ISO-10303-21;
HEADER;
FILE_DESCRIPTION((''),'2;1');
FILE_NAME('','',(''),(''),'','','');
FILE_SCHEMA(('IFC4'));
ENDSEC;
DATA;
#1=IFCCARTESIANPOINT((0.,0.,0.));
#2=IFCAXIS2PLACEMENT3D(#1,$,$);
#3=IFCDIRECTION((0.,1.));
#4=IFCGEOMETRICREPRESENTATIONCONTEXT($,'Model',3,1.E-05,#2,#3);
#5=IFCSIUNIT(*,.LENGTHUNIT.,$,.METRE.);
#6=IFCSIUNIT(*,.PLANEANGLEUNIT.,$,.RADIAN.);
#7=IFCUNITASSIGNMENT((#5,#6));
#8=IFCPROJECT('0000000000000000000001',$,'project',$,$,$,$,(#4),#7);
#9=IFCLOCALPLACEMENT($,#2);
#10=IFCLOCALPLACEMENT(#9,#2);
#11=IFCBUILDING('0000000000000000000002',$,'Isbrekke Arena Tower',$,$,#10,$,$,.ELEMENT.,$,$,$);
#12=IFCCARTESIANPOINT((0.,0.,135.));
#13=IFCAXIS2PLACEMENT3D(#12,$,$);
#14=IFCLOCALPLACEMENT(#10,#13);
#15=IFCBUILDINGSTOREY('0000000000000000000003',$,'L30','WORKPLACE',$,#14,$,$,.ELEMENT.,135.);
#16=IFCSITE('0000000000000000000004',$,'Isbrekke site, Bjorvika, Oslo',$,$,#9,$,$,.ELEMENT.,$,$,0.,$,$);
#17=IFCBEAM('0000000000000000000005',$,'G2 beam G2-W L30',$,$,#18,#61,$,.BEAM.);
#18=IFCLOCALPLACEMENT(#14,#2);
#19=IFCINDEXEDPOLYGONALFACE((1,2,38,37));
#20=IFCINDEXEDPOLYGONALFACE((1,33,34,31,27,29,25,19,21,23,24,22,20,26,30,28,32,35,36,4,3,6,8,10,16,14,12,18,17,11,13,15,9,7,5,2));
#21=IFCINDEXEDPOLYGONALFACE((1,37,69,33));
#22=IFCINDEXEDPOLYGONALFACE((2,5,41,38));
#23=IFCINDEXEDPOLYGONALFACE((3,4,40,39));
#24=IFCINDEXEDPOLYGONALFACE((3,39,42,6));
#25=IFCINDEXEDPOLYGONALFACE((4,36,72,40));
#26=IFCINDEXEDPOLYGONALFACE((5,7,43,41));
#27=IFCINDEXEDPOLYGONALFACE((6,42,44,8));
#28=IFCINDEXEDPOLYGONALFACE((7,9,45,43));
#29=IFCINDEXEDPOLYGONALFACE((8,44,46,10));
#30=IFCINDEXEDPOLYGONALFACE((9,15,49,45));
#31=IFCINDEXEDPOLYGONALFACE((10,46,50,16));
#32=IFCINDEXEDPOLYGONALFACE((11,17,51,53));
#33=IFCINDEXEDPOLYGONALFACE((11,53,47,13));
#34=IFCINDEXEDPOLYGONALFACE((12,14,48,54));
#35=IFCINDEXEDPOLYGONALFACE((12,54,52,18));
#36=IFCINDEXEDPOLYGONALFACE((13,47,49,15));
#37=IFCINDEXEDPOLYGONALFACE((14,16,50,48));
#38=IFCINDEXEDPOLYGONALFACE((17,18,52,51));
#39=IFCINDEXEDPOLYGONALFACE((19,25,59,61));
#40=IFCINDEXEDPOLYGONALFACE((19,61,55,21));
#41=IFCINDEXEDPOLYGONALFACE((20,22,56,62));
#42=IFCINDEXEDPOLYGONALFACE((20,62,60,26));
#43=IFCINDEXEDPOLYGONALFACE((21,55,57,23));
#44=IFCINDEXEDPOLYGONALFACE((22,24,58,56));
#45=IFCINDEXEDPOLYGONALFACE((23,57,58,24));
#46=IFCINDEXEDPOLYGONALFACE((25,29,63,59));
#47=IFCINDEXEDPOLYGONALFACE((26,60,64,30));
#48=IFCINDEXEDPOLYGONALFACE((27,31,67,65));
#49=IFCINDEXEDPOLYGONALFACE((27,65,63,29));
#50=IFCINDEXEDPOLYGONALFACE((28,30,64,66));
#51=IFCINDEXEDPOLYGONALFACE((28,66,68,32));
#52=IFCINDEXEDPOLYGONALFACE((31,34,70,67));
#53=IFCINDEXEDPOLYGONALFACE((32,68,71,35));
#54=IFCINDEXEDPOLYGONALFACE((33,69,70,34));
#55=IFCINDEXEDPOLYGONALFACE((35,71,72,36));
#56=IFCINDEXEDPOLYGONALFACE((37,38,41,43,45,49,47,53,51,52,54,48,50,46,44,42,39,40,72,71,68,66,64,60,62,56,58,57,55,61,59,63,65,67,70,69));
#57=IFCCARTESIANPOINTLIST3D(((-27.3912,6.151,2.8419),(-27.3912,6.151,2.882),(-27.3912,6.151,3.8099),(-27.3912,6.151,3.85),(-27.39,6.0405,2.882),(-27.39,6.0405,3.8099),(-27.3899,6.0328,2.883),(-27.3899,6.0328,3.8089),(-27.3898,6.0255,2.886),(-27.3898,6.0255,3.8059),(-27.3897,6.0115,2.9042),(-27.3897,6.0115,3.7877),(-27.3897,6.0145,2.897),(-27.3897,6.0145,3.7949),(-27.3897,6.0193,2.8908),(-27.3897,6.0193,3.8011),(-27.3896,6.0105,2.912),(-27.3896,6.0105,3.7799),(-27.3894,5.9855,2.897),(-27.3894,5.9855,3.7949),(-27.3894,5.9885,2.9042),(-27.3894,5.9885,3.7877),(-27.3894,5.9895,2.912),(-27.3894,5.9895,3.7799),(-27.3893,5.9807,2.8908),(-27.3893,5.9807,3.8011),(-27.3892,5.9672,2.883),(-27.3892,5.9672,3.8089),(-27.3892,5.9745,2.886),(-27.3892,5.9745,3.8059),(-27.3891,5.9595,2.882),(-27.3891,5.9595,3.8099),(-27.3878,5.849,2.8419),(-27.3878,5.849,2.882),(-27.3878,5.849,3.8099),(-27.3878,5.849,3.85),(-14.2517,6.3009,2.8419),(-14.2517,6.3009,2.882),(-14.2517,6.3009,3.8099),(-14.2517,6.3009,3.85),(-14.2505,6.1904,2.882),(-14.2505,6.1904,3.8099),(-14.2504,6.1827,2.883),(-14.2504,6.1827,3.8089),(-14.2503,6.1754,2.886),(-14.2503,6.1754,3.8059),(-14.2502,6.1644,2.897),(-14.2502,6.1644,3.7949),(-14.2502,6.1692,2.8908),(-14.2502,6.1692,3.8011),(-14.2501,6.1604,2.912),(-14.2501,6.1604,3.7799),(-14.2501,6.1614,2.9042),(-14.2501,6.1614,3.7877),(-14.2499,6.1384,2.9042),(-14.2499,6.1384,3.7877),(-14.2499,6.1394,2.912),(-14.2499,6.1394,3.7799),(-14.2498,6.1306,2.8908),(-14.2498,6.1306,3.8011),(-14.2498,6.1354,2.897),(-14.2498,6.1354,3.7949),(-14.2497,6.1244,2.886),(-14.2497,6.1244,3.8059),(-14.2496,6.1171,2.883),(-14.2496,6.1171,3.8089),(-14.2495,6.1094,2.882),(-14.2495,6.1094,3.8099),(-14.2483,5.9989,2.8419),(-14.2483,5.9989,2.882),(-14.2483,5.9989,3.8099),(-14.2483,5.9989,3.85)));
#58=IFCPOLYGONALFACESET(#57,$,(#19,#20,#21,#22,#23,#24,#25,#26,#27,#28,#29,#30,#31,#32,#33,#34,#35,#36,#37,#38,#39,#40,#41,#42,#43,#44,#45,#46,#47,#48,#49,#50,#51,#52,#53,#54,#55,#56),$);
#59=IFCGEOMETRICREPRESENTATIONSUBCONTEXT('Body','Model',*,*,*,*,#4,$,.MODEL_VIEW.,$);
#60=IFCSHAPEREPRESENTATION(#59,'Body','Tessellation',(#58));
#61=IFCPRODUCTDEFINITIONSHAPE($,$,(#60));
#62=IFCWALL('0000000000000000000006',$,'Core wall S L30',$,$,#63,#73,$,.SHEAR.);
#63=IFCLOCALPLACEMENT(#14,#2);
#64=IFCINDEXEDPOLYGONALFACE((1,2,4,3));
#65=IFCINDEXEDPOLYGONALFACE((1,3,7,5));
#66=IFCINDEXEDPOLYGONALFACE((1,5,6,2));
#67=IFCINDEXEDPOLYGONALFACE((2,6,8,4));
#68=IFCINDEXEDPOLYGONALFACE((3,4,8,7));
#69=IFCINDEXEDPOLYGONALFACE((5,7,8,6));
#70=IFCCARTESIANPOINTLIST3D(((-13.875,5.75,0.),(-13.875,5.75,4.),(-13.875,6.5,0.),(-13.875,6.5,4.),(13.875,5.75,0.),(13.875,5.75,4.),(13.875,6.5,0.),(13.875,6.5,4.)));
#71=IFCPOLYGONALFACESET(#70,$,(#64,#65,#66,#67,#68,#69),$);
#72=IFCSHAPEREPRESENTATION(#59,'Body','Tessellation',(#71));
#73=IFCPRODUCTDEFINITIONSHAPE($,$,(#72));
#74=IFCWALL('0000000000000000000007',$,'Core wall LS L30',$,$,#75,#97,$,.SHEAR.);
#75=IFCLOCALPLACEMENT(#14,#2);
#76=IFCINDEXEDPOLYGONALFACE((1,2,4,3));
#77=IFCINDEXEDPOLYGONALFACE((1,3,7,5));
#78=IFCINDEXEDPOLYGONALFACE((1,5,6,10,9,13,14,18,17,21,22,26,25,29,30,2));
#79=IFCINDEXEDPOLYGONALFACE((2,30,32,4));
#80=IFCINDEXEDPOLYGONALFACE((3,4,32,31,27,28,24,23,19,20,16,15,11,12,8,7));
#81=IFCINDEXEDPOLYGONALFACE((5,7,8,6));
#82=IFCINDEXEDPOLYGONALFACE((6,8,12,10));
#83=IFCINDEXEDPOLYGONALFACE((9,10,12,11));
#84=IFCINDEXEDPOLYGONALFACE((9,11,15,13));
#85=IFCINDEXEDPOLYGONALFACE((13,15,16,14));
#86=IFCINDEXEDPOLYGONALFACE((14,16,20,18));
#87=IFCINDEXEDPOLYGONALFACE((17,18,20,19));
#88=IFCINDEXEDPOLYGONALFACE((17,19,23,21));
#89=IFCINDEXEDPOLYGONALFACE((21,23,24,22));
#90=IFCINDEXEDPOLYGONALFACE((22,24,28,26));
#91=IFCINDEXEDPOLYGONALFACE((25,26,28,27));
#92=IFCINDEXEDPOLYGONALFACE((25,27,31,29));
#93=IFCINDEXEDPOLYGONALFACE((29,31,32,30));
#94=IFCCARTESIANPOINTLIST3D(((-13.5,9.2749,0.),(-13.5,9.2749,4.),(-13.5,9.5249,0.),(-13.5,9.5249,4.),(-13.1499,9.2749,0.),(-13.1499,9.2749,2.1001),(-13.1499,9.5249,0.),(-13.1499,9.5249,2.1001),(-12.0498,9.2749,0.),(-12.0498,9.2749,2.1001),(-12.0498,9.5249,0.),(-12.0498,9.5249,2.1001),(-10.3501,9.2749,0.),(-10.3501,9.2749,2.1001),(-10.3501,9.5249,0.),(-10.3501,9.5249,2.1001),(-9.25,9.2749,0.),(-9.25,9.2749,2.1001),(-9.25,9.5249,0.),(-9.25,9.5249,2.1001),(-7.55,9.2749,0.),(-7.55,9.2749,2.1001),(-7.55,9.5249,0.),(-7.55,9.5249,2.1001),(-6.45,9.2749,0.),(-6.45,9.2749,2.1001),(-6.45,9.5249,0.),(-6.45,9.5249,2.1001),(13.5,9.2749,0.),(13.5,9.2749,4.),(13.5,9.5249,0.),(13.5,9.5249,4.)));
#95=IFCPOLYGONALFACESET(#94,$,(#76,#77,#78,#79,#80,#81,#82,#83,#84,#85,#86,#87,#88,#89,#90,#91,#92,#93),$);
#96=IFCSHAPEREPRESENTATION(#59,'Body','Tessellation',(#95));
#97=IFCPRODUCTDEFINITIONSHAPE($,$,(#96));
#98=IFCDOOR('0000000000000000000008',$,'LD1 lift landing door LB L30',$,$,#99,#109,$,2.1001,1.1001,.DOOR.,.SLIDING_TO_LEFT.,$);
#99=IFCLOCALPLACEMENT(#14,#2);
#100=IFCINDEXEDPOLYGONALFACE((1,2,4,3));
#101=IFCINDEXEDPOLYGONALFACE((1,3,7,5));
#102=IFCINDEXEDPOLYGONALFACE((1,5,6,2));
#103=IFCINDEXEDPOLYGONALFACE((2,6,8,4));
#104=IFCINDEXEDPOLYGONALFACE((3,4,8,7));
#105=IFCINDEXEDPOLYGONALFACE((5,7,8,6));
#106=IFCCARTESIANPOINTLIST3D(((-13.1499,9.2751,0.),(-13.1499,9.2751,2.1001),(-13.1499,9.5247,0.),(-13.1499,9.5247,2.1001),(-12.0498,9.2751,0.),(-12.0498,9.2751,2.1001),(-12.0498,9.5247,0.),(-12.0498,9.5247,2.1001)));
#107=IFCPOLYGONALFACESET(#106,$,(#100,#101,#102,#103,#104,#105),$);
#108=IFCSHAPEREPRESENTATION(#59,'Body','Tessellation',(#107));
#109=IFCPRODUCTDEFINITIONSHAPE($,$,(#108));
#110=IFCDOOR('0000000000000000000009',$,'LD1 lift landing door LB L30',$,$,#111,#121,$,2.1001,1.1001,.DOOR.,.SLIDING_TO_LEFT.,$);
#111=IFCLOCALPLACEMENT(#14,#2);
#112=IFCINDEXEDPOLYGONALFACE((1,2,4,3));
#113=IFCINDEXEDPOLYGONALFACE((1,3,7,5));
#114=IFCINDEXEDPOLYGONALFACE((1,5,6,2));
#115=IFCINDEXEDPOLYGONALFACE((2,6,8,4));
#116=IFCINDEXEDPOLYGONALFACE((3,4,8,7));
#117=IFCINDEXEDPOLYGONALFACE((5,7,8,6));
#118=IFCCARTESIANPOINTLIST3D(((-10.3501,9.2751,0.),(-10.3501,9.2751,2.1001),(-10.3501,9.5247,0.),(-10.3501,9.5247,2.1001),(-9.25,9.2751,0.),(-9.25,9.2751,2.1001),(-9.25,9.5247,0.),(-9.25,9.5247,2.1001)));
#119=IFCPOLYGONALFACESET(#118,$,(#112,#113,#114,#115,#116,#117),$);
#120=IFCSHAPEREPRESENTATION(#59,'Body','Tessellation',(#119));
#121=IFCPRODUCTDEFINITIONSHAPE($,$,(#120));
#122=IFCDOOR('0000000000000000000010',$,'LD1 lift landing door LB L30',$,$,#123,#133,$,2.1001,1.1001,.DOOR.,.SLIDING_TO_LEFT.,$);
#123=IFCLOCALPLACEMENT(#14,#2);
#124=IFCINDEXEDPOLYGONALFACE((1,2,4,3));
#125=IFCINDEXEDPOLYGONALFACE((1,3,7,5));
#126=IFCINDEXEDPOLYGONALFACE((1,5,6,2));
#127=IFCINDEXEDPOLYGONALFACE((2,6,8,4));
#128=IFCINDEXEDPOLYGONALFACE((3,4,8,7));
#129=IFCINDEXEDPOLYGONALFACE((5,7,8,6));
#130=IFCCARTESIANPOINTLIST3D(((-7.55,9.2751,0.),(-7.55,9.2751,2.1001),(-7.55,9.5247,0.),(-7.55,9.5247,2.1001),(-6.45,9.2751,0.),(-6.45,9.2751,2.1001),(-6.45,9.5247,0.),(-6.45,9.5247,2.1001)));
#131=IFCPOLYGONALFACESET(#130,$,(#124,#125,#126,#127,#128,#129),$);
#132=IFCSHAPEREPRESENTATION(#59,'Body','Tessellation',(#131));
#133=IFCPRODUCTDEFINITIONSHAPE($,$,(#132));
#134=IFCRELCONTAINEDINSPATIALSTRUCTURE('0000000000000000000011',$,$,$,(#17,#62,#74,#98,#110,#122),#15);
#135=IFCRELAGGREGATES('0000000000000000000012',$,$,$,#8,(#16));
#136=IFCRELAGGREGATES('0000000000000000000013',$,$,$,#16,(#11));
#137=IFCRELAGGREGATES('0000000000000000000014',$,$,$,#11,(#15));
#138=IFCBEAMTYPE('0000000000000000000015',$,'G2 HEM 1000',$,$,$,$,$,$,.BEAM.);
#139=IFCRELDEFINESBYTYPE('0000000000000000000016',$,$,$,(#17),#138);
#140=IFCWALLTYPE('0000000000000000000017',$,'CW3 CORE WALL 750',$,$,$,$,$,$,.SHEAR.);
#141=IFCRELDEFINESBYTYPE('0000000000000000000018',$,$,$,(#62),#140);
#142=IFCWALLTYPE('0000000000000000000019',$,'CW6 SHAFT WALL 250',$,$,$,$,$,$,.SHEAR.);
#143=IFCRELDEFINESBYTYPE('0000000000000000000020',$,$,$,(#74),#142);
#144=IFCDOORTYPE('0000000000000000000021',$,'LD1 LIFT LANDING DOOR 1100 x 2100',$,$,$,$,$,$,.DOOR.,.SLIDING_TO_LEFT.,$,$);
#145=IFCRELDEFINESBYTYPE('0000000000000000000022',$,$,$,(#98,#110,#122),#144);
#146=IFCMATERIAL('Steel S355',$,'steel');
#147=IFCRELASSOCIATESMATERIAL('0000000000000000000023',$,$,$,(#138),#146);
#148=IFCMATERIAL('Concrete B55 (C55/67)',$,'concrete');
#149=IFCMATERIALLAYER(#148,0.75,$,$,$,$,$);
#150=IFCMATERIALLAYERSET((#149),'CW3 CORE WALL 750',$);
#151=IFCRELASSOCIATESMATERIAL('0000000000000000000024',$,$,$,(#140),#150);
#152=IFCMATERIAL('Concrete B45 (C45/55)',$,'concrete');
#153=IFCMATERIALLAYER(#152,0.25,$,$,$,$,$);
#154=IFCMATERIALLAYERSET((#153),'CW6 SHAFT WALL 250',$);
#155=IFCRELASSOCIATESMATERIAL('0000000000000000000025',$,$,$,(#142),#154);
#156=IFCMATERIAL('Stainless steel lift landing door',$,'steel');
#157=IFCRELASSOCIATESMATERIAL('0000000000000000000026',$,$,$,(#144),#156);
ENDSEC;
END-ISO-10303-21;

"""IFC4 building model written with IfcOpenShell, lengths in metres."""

from ifc_helpers import new_model, si_unit, direction, frame, frame_2d, origin, origin_2d, place, context, subcontext, project, spatial, rectangle, i_section, extrude, material, layer, layer_set, material_profile, profile_set, type_object, element, fill, save


model = new_model("IFC4")

# Units and contexts
model_context = context("Model", 3, precision=1e-05, world=origin(), true_north=direction((0.0, 1.0)))
body_context = subcontext(model_context, "Body", "Model", "MODEL_VIEW")
ifc_project = project(units=[si_unit("LENGTHUNIT", "METRE"), si_unit("PLANEANGLEUNIT", "RADIAN")], contexts=[model_context])

# Site, building, storey
site_placement = place(None, origin())
site = spatial("IfcSite", under=ifc_project, at=site_placement, Name="Isbrekke site, Bjorvika, Oslo", CompositionType="ELEMENT", RefElevation=0.0)
building_placement = place(site_placement, origin())
building = spatial("IfcBuilding", under=site, at=building_placement, Name="Isbrekke Arena Tower", CompositionType="ELEMENT")
storey_placement = place(building_placement, frame((0.0, 0.0, 135.0)))
storey = spatial("IfcBuildingStorey", under=building, at=storey_placement, Name="L30", Description="WORKPLACE", CompositionType="ELEMENT", Elevation=135.0)

# Beam
ifc_material_1 = material(Name="Steel S355", Category="steel")
ifc_material_profile = material_profile(ifc_material_1, i_section(OverallWidth=0.302, OverallDepth=1.0081, WebThickness=0.021, FlangeThickness=0.04, FilletRadius=0.03, at=origin_2d()), Name="HEM 1000")
ifc_profile_set = profile_set([ifc_material_profile], Name="Steel S355")
beam_type = type_object("IfcBeamType", Name="G2 HEM 1000", PredefinedType="BEAM", material=ifc_profile_set)
beam_placement = place(storey_placement, frame((-14.25, 6.1499, 3.3459), z_axis=(-0.999935, -0.011408, 0.0), x_axis=(0.011408, -0.999935, 0.0)))
element("IfcBeam", 1, at=beam_placement, inside=storey, type_object=beam_type, Name="G2 beam G2-W L30", PredefinedType="BEAM", context=body_context, shape_type="SweptSolid", body=[
    extrude(i_section(OverallWidth=0.302, OverallDepth=1.0081, WebThickness=0.021, FlangeThickness=0.04, FilletRadius=0.03, at=origin_2d()), origin(), (0.0, 0.0, 1.0), 13.1404),
])

# Wall
ifc_material_2 = material(Name="Concrete B55 (C55/67)", Category="concrete")
ifc_layer_1 = layer(ifc_material_2, 0.75)
ifc_layer_set_1 = layer_set([ifc_layer_1], Name="CW3 CORE WALL 750")
wall_type_1 = type_object("IfcWallType", Name="CW3 CORE WALL 750", PredefinedType="SHEAR", material=ifc_layer_set_1)
wall_1_placement = place(storey_placement, frame((-13.875, 6.125, 0.0), z_axis=(0.0, 0.0, 1.0), x_axis=(1.0, 0.0, 0.0)))
element("IfcWall", 2, at=wall_1_placement, inside=storey, type_object=wall_type_1, Name="Core wall S L30", PredefinedType="SHEAR", context=body_context, shape_type="SweptSolid", body=[
    extrude(rectangle(XDim=27.75, YDim=0.75, at=frame_2d((13.875, 0.0))), origin(), (0.0, 0.0, 1.0), 4.0),
])

# Wall, openings, doors
ifc_material_3 = material(Name="Concrete B45 (C45/55)", Category="concrete")
ifc_layer_2 = layer(ifc_material_3, 0.25)
ifc_layer_set_2 = layer_set([ifc_layer_2], Name="CW6 SHAFT WALL 250")
wall_type_2 = type_object("IfcWallType", Name="CW6 SHAFT WALL 250", PredefinedType="SHEAR", material=ifc_layer_set_2)
wall_2_placement = place(storey_placement, frame((-13.5, 9.3999, 0.0), z_axis=(0.0, 0.0, 1.0), x_axis=(1.0, 0.0, 0.0)))
wall_2 = element("IfcWall", 3, at=wall_2_placement, inside=storey, type_object=wall_type_2, Name="Core wall LS L30", PredefinedType="SHEAR", context=body_context, shape_type="SweptSolid", body=[
    extrude(rectangle(XDim=27.0, YDim=0.25, at=frame_2d((13.5, 0.0))), origin(), (0.0, 0.0, 1.0), 4.0),
])
opening_1_placement = place(wall_2_placement, frame((0.3501, 0.0, 0.0)))
opening_1 = element("IfcOpeningElement", 4, at=opening_1_placement, cuts=wall_2, PredefinedType="OPENING", context=body_context, shape_type="SweptSolid", body=[
    extrude(rectangle(XDim=1.1001, YDim=2.1001, at=frame_2d((0.55, 1.05))), frame((0.0, 0.1399, 0.0), z_axis=(0.0, -1.0, 0.0), x_axis=(1.0, 0.0, 0.0)), (0.0, 0.0, 1.0), 0.2798),
])
opening_2_placement = place(wall_2_placement, frame((3.1499, 0.0, 0.0)))
opening_2 = element("IfcOpeningElement", 5, at=opening_2_placement, cuts=wall_2, PredefinedType="OPENING", context=body_context, shape_type="SweptSolid", body=[
    extrude(rectangle(XDim=1.1001, YDim=2.1001, at=frame_2d((0.55, 1.05))), frame((0.0, 0.1399, 0.0), z_axis=(0.0, -1.0, 0.0), x_axis=(1.0, 0.0, 0.0)), (0.0, 0.0, 1.0), 0.2798),
])
opening_3_placement = place(wall_2_placement, frame((5.95, 0.0, 0.0)))
opening_3 = element("IfcOpeningElement", 6, at=opening_3_placement, cuts=wall_2, PredefinedType="OPENING", context=body_context, shape_type="SweptSolid", body=[
    extrude(rectangle(XDim=1.1001, YDim=2.1001, at=frame_2d((0.55, 1.05))), frame((0.0, 0.1399, 0.0), z_axis=(0.0, -1.0, 0.0), x_axis=(1.0, 0.0, 0.0)), (0.0, 0.0, 1.0), 0.2798),
])
ifc_material_4 = material(Name="Stainless steel lift landing door", Category="steel")
door_type_1 = type_object("IfcDoorType", Name="LD1 LIFT LANDING DOOR 1100 x 2100", OperationType="SLIDING_TO_LEFT", PredefinedType="DOOR", material=ifc_material_4)
door_1_placement = place(opening_1_placement, origin())
door_1 = element("IfcDoor", 7, at=door_1_placement, inside=storey, type_object=door_type_1, Name="LD1 lift landing door LB L30", OperationType="SLIDING_TO_LEFT", OverallHeight=2.1001, OverallWidth=1.1001, PredefinedType="DOOR", context=body_context, shape_type="SweptSolid", body=[
    extrude(rectangle(XDim=1.1001, YDim=2.1001, at=frame_2d((0.55, 1.05))), frame((0.0, 0.1248, 0.0), z_axis=(0.0, -1.0, 0.0), x_axis=(1.0, 0.0, 0.0)), (0.0, 0.0, 1.0), 0.2495),
])
fill(opening_1, door_1)
door_2_placement = place(opening_2_placement, origin())
door_2 = element("IfcDoor", 8, at=door_2_placement, inside=storey, type_object=door_type_1, Name="LD1 lift landing door LB L30", OperationType="SLIDING_TO_LEFT", OverallHeight=2.1001, OverallWidth=1.1001, PredefinedType="DOOR", context=body_context, shape_type="SweptSolid", body=[
    extrude(rectangle(XDim=1.1001, YDim=2.1001, at=frame_2d((0.55, 1.05))), frame((0.0, 0.1248, 0.0), z_axis=(0.0, -1.0, 0.0), x_axis=(1.0, 0.0, 0.0)), (0.0, 0.0, 1.0), 0.2495),
])
fill(opening_2, door_2)
door_3_placement = place(opening_3_placement, origin())
door_3 = element("IfcDoor", 9, at=door_3_placement, inside=storey, type_object=door_type_1, Name="LD1 lift landing door LB L30", OperationType="SLIDING_TO_LEFT", OverallHeight=2.1001, OverallWidth=1.1001, PredefinedType="DOOR", context=body_context, shape_type="SweptSolid", body=[
    extrude(rectangle(XDim=1.1001, YDim=2.1001, at=frame_2d((0.55, 1.05))), frame((0.0, 0.1248, 0.0), z_axis=(0.0, -1.0, 0.0), x_axis=(1.0, 0.0, 0.0)), (0.0, 0.0, 1.0), 0.2495),
])
fill(opening_3, door_3)

save(model, "model.ifc")
